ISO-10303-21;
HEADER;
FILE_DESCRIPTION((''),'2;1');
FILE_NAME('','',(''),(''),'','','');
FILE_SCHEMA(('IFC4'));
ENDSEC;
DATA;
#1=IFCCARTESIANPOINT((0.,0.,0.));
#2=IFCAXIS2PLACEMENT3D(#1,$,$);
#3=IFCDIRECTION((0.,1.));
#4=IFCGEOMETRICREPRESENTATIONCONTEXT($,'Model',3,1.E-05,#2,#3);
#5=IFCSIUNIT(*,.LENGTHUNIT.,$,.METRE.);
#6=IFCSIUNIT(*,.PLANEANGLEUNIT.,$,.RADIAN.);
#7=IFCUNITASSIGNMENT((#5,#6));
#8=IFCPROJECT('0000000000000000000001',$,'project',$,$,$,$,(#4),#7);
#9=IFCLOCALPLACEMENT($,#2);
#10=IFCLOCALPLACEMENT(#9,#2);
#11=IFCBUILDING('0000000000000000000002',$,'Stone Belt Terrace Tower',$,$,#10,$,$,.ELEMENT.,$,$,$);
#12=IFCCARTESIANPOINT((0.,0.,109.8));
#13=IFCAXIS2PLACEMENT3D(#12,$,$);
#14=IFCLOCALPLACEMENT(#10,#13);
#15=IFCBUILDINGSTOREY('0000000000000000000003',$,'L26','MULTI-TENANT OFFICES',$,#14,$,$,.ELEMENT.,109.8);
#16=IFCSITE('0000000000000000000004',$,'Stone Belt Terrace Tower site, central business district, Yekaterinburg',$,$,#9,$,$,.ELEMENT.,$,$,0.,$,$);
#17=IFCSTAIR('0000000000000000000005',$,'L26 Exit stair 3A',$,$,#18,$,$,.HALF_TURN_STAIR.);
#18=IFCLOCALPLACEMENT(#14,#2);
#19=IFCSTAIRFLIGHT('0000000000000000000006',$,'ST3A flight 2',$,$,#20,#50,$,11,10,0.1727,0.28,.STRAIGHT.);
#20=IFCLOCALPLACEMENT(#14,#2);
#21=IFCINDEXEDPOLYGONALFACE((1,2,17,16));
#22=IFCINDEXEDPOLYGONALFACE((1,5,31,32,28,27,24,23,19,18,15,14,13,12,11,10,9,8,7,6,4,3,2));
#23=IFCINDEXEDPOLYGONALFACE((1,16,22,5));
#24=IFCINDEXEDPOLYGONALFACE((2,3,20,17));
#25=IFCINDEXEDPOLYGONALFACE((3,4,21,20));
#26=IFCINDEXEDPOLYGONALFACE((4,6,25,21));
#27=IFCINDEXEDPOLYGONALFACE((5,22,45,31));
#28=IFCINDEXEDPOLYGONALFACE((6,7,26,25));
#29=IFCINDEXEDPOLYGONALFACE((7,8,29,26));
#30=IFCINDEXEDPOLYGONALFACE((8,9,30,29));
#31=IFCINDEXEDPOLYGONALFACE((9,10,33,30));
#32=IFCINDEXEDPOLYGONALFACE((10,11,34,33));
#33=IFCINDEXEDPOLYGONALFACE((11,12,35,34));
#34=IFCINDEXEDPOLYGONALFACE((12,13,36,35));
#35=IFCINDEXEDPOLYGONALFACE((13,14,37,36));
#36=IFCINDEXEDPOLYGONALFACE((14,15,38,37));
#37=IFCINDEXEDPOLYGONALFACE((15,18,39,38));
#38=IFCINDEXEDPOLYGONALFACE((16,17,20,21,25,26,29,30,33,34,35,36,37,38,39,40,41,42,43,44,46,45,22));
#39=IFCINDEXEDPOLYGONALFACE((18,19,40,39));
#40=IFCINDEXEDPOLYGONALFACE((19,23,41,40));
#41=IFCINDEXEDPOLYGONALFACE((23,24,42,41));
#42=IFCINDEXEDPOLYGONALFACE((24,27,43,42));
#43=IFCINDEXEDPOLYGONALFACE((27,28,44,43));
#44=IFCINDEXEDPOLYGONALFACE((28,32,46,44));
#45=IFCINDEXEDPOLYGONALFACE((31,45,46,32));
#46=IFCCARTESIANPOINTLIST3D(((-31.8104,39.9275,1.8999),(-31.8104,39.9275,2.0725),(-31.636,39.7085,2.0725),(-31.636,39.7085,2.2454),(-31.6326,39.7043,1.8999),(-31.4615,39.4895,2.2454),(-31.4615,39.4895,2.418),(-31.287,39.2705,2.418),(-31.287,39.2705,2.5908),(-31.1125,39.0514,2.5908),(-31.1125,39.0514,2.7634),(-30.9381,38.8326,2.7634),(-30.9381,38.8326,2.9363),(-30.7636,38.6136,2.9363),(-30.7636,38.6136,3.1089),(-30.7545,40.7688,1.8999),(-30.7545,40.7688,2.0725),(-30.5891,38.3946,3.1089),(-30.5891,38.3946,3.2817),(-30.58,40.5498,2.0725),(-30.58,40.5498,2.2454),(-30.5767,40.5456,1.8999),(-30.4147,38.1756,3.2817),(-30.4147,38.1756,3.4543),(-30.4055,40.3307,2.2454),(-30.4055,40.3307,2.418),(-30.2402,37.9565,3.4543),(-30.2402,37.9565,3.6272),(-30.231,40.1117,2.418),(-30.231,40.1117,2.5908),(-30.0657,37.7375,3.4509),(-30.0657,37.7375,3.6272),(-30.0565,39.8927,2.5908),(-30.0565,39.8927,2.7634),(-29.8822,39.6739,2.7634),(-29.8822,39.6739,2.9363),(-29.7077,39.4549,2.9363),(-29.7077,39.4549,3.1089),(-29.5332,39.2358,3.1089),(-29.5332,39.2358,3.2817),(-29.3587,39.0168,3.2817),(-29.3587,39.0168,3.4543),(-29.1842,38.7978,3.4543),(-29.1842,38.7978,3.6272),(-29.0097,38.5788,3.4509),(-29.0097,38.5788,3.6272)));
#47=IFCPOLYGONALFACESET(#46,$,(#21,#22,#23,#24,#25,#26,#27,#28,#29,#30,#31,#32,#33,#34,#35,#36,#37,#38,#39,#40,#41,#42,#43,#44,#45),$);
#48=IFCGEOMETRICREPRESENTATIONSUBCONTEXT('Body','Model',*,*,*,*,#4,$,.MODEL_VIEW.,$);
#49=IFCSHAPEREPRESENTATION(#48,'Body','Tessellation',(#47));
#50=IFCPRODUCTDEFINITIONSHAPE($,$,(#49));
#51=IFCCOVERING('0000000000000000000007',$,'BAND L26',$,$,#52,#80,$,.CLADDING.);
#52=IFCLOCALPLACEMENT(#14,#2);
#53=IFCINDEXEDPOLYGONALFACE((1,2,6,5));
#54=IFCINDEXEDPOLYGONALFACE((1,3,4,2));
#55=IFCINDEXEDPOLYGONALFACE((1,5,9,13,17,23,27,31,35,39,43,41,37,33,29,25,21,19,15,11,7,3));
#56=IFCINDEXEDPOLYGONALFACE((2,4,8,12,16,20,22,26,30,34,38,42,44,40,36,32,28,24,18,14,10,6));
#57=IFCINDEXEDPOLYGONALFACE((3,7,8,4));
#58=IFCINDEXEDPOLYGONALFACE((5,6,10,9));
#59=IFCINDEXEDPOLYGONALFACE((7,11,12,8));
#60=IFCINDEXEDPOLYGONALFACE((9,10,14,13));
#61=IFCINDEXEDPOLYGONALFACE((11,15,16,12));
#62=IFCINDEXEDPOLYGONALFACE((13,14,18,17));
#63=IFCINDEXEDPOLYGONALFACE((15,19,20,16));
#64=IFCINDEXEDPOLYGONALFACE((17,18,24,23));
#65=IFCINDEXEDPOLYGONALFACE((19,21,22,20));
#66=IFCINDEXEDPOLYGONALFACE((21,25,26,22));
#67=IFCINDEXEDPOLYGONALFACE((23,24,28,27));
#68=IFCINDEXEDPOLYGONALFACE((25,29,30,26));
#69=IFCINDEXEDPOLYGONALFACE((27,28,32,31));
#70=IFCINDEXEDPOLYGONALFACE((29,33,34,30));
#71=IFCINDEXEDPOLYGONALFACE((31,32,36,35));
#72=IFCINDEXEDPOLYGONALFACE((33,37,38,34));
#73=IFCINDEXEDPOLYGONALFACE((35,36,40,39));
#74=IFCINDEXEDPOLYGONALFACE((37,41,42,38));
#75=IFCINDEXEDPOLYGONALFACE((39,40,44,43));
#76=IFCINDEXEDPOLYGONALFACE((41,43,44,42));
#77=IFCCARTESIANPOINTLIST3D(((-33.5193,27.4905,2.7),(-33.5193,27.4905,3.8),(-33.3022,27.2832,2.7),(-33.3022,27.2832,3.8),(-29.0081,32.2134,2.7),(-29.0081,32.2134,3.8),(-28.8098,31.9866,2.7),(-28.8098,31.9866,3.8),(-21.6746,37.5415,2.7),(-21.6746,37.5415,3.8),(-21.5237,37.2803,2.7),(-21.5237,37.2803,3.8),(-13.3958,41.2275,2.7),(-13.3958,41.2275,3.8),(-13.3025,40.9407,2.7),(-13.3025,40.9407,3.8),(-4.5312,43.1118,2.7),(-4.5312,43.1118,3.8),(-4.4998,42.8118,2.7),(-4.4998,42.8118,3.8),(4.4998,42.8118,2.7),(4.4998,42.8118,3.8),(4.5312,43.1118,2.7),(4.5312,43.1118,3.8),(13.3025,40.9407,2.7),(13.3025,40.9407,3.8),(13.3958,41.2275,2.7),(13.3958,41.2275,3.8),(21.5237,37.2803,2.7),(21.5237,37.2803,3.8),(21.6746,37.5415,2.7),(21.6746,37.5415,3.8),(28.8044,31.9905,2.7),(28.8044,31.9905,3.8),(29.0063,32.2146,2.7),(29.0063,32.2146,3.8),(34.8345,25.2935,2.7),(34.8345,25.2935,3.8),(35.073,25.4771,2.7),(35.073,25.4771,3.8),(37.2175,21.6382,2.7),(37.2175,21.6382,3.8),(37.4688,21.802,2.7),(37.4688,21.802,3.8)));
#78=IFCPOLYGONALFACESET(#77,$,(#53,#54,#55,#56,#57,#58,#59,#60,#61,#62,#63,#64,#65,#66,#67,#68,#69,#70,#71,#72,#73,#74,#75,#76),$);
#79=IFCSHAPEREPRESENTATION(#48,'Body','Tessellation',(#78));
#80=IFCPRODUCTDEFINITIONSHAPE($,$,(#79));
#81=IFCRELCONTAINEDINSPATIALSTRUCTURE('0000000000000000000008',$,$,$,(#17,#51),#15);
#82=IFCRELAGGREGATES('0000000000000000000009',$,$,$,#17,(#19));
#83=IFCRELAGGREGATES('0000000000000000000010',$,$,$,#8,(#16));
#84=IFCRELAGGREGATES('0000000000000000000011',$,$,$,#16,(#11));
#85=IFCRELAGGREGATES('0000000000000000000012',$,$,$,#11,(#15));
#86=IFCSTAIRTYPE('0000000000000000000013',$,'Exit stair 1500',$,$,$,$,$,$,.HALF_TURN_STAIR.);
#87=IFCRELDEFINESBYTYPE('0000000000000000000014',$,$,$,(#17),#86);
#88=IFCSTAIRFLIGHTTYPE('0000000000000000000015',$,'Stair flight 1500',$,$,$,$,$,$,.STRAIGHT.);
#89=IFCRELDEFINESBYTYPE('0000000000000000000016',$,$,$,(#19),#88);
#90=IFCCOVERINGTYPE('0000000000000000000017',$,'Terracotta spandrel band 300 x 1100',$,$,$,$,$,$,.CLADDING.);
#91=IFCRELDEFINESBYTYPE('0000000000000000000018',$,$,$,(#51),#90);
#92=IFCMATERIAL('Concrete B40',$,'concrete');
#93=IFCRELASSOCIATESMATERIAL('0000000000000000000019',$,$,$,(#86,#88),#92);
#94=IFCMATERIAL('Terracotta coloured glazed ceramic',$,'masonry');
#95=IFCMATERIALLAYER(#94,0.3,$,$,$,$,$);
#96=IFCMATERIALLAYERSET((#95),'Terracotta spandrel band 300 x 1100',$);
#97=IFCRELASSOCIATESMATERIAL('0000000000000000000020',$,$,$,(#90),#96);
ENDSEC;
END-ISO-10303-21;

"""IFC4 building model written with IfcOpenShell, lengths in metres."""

from ifc_helpers import new_model, si_unit, direction, frame, origin, place, context, subcontext, project, spatial, polyline, outline, extrude, material, layer, layer_set, type_object, element, aggregate, save


model = new_model("IFC4")

# Units and contexts
model_context = context("Model", 3, precision=1e-05, world=origin(), true_north=direction((0.0, 1.0)))
body_context = subcontext(model_context, "Body", "Model", "MODEL_VIEW")
ifc_project = project(units=[si_unit("LENGTHUNIT", "METRE"), si_unit("PLANEANGLEUNIT", "RADIAN")], contexts=[model_context])

# Site, building, storey
site_placement = place(None, origin())
site = spatial("IfcSite", under=ifc_project, at=site_placement, Name="Stone Belt Terrace Tower site, central business district, Yekaterinburg", CompositionType="ELEMENT", RefElevation=0.0)
building_placement = place(site_placement, origin())
building = spatial("IfcBuilding", under=site, at=building_placement, Name="Stone Belt Terrace Tower", CompositionType="ELEMENT")
storey_placement = place(building_placement, frame((0.0, 0.0, 109.8)))
storey = spatial("IfcBuildingStorey", under=building, at=storey_placement, Name="L26", Description="MULTI-TENANT OFFICES", CompositionType="ELEMENT", Elevation=109.8)

# Shared definitions
ifc_material_1 = material(Name="Concrete B40", Category="concrete")

# Shared definitions
stair_type = type_object("IfcStairType", Name="Exit stair 1500", PredefinedType="HALF_TURN_STAIR", material=ifc_material_1)

# Stair, stair flight
stair_1_placement = place(storey_placement, origin())
stair_1 = element("IfcStair", 1, at=stair_1_placement, inside=storey, type_object=stair_type, Name="L26 Exit stair 3A", PredefinedType="HALF_TURN_STAIR")
stair_flight_type = type_object("IfcStairFlightType", Name="Stair flight 1500", PredefinedType="STRAIGHT", material=ifc_material_1)
stair_flight_1_placement = place(storey_placement, frame((-31.2825, 40.3481, 1.8999), z_axis=(0.0, 0.0, 1.0), x_axis=(0.623121, -0.782125, 0.0)))
stair_flight_1 = element("IfcStairFlight", 2, at=stair_flight_1_placement, type_object=stair_flight_type, Name="ST3A flight 2", NumberOfRisers=11, NumberOfTreads=10, PredefinedType="STRAIGHT", RiserHeight=0.1727, TreadLength=0.28, context=body_context, shape_type="SweptSolid", body=[
    extrude(outline(polyline([(0.0, 0.0), (0.0, 0.1726), (0.28, 0.1726), (0.28, 0.3455), (0.5601, 0.3455), (0.5601, 0.5181), (0.8401, 0.5181), (0.8401, 0.6909), (1.1201, 0.6909), (1.1201, 0.8635), (1.3999, 0.8635), (1.3999, 1.0364), (1.6799, 1.0364), (1.6799, 1.209), (1.96, 1.209), (1.96, 1.3818), (2.24, 1.3818), (2.24, 1.5544), (2.52, 1.5544), (2.52, 1.7273), (2.8, 1.7273), (2.8, 1.8999), (2.8, 1.551), (0.2854, 0.0), (0.0, 0.0)])), frame((0.0, 0.675, 0.0), z_axis=(0.0, -1.0, 0.0), x_axis=(1.0, 0.0, 0.0)), (0.0, 0.0, 1.0), 1.3501),
])
aggregate(stair_1, [stair_flight_1])

# Covering
ifc_material_2 = material(Name="Terracotta coloured glazed ceramic", Category="masonry")
ifc_layer_1 = layer(ifc_material_2, 0.3)
ifc_layer_set_1 = layer_set([ifc_layer_1], Name="Terracotta spandrel band 300 x 1100")
covering_type = type_object("IfcCoveringType", Name="Terracotta spandrel band 300 x 1100", PredefinedType="CLADDING", material=ifc_layer_set_1)
covering_placement = place(storey_placement, frame((0.0, 0.0, 2.7)))
element("IfcCovering", 3, at=covering_placement, inside=storey, type_object=covering_type, Name="BAND L26", PredefinedType="CLADDING", context=body_context, shape_type="SweptSolid", body=[
    extrude(outline(polyline([(-33.5193, 27.4905), (-29.0081, 32.2134), (-21.6746, 37.5415), (-13.3958, 41.2275), (-4.5312, 43.1118), (4.5312, 43.1118), (13.3958, 41.2275), (21.6746, 37.5415), (29.0063, 32.2146), (35.073, 25.4771), (37.4688, 21.802), (37.2175, 21.6382), (34.8345, 25.2935), (28.8044, 31.9905), (21.5237, 37.2803), (13.3025, 40.9407), (4.4998, 42.8118), (-4.4998, 42.8118), (-13.3025, 40.9407), (-21.5237, 37.2803), (-28.8098, 31.9866), (-33.3022, 27.2832), (-33.5193, 27.4905)])), origin(), (0.0, 0.0, 1.0), 1.1001),
])

save(model, "model.ifc")
